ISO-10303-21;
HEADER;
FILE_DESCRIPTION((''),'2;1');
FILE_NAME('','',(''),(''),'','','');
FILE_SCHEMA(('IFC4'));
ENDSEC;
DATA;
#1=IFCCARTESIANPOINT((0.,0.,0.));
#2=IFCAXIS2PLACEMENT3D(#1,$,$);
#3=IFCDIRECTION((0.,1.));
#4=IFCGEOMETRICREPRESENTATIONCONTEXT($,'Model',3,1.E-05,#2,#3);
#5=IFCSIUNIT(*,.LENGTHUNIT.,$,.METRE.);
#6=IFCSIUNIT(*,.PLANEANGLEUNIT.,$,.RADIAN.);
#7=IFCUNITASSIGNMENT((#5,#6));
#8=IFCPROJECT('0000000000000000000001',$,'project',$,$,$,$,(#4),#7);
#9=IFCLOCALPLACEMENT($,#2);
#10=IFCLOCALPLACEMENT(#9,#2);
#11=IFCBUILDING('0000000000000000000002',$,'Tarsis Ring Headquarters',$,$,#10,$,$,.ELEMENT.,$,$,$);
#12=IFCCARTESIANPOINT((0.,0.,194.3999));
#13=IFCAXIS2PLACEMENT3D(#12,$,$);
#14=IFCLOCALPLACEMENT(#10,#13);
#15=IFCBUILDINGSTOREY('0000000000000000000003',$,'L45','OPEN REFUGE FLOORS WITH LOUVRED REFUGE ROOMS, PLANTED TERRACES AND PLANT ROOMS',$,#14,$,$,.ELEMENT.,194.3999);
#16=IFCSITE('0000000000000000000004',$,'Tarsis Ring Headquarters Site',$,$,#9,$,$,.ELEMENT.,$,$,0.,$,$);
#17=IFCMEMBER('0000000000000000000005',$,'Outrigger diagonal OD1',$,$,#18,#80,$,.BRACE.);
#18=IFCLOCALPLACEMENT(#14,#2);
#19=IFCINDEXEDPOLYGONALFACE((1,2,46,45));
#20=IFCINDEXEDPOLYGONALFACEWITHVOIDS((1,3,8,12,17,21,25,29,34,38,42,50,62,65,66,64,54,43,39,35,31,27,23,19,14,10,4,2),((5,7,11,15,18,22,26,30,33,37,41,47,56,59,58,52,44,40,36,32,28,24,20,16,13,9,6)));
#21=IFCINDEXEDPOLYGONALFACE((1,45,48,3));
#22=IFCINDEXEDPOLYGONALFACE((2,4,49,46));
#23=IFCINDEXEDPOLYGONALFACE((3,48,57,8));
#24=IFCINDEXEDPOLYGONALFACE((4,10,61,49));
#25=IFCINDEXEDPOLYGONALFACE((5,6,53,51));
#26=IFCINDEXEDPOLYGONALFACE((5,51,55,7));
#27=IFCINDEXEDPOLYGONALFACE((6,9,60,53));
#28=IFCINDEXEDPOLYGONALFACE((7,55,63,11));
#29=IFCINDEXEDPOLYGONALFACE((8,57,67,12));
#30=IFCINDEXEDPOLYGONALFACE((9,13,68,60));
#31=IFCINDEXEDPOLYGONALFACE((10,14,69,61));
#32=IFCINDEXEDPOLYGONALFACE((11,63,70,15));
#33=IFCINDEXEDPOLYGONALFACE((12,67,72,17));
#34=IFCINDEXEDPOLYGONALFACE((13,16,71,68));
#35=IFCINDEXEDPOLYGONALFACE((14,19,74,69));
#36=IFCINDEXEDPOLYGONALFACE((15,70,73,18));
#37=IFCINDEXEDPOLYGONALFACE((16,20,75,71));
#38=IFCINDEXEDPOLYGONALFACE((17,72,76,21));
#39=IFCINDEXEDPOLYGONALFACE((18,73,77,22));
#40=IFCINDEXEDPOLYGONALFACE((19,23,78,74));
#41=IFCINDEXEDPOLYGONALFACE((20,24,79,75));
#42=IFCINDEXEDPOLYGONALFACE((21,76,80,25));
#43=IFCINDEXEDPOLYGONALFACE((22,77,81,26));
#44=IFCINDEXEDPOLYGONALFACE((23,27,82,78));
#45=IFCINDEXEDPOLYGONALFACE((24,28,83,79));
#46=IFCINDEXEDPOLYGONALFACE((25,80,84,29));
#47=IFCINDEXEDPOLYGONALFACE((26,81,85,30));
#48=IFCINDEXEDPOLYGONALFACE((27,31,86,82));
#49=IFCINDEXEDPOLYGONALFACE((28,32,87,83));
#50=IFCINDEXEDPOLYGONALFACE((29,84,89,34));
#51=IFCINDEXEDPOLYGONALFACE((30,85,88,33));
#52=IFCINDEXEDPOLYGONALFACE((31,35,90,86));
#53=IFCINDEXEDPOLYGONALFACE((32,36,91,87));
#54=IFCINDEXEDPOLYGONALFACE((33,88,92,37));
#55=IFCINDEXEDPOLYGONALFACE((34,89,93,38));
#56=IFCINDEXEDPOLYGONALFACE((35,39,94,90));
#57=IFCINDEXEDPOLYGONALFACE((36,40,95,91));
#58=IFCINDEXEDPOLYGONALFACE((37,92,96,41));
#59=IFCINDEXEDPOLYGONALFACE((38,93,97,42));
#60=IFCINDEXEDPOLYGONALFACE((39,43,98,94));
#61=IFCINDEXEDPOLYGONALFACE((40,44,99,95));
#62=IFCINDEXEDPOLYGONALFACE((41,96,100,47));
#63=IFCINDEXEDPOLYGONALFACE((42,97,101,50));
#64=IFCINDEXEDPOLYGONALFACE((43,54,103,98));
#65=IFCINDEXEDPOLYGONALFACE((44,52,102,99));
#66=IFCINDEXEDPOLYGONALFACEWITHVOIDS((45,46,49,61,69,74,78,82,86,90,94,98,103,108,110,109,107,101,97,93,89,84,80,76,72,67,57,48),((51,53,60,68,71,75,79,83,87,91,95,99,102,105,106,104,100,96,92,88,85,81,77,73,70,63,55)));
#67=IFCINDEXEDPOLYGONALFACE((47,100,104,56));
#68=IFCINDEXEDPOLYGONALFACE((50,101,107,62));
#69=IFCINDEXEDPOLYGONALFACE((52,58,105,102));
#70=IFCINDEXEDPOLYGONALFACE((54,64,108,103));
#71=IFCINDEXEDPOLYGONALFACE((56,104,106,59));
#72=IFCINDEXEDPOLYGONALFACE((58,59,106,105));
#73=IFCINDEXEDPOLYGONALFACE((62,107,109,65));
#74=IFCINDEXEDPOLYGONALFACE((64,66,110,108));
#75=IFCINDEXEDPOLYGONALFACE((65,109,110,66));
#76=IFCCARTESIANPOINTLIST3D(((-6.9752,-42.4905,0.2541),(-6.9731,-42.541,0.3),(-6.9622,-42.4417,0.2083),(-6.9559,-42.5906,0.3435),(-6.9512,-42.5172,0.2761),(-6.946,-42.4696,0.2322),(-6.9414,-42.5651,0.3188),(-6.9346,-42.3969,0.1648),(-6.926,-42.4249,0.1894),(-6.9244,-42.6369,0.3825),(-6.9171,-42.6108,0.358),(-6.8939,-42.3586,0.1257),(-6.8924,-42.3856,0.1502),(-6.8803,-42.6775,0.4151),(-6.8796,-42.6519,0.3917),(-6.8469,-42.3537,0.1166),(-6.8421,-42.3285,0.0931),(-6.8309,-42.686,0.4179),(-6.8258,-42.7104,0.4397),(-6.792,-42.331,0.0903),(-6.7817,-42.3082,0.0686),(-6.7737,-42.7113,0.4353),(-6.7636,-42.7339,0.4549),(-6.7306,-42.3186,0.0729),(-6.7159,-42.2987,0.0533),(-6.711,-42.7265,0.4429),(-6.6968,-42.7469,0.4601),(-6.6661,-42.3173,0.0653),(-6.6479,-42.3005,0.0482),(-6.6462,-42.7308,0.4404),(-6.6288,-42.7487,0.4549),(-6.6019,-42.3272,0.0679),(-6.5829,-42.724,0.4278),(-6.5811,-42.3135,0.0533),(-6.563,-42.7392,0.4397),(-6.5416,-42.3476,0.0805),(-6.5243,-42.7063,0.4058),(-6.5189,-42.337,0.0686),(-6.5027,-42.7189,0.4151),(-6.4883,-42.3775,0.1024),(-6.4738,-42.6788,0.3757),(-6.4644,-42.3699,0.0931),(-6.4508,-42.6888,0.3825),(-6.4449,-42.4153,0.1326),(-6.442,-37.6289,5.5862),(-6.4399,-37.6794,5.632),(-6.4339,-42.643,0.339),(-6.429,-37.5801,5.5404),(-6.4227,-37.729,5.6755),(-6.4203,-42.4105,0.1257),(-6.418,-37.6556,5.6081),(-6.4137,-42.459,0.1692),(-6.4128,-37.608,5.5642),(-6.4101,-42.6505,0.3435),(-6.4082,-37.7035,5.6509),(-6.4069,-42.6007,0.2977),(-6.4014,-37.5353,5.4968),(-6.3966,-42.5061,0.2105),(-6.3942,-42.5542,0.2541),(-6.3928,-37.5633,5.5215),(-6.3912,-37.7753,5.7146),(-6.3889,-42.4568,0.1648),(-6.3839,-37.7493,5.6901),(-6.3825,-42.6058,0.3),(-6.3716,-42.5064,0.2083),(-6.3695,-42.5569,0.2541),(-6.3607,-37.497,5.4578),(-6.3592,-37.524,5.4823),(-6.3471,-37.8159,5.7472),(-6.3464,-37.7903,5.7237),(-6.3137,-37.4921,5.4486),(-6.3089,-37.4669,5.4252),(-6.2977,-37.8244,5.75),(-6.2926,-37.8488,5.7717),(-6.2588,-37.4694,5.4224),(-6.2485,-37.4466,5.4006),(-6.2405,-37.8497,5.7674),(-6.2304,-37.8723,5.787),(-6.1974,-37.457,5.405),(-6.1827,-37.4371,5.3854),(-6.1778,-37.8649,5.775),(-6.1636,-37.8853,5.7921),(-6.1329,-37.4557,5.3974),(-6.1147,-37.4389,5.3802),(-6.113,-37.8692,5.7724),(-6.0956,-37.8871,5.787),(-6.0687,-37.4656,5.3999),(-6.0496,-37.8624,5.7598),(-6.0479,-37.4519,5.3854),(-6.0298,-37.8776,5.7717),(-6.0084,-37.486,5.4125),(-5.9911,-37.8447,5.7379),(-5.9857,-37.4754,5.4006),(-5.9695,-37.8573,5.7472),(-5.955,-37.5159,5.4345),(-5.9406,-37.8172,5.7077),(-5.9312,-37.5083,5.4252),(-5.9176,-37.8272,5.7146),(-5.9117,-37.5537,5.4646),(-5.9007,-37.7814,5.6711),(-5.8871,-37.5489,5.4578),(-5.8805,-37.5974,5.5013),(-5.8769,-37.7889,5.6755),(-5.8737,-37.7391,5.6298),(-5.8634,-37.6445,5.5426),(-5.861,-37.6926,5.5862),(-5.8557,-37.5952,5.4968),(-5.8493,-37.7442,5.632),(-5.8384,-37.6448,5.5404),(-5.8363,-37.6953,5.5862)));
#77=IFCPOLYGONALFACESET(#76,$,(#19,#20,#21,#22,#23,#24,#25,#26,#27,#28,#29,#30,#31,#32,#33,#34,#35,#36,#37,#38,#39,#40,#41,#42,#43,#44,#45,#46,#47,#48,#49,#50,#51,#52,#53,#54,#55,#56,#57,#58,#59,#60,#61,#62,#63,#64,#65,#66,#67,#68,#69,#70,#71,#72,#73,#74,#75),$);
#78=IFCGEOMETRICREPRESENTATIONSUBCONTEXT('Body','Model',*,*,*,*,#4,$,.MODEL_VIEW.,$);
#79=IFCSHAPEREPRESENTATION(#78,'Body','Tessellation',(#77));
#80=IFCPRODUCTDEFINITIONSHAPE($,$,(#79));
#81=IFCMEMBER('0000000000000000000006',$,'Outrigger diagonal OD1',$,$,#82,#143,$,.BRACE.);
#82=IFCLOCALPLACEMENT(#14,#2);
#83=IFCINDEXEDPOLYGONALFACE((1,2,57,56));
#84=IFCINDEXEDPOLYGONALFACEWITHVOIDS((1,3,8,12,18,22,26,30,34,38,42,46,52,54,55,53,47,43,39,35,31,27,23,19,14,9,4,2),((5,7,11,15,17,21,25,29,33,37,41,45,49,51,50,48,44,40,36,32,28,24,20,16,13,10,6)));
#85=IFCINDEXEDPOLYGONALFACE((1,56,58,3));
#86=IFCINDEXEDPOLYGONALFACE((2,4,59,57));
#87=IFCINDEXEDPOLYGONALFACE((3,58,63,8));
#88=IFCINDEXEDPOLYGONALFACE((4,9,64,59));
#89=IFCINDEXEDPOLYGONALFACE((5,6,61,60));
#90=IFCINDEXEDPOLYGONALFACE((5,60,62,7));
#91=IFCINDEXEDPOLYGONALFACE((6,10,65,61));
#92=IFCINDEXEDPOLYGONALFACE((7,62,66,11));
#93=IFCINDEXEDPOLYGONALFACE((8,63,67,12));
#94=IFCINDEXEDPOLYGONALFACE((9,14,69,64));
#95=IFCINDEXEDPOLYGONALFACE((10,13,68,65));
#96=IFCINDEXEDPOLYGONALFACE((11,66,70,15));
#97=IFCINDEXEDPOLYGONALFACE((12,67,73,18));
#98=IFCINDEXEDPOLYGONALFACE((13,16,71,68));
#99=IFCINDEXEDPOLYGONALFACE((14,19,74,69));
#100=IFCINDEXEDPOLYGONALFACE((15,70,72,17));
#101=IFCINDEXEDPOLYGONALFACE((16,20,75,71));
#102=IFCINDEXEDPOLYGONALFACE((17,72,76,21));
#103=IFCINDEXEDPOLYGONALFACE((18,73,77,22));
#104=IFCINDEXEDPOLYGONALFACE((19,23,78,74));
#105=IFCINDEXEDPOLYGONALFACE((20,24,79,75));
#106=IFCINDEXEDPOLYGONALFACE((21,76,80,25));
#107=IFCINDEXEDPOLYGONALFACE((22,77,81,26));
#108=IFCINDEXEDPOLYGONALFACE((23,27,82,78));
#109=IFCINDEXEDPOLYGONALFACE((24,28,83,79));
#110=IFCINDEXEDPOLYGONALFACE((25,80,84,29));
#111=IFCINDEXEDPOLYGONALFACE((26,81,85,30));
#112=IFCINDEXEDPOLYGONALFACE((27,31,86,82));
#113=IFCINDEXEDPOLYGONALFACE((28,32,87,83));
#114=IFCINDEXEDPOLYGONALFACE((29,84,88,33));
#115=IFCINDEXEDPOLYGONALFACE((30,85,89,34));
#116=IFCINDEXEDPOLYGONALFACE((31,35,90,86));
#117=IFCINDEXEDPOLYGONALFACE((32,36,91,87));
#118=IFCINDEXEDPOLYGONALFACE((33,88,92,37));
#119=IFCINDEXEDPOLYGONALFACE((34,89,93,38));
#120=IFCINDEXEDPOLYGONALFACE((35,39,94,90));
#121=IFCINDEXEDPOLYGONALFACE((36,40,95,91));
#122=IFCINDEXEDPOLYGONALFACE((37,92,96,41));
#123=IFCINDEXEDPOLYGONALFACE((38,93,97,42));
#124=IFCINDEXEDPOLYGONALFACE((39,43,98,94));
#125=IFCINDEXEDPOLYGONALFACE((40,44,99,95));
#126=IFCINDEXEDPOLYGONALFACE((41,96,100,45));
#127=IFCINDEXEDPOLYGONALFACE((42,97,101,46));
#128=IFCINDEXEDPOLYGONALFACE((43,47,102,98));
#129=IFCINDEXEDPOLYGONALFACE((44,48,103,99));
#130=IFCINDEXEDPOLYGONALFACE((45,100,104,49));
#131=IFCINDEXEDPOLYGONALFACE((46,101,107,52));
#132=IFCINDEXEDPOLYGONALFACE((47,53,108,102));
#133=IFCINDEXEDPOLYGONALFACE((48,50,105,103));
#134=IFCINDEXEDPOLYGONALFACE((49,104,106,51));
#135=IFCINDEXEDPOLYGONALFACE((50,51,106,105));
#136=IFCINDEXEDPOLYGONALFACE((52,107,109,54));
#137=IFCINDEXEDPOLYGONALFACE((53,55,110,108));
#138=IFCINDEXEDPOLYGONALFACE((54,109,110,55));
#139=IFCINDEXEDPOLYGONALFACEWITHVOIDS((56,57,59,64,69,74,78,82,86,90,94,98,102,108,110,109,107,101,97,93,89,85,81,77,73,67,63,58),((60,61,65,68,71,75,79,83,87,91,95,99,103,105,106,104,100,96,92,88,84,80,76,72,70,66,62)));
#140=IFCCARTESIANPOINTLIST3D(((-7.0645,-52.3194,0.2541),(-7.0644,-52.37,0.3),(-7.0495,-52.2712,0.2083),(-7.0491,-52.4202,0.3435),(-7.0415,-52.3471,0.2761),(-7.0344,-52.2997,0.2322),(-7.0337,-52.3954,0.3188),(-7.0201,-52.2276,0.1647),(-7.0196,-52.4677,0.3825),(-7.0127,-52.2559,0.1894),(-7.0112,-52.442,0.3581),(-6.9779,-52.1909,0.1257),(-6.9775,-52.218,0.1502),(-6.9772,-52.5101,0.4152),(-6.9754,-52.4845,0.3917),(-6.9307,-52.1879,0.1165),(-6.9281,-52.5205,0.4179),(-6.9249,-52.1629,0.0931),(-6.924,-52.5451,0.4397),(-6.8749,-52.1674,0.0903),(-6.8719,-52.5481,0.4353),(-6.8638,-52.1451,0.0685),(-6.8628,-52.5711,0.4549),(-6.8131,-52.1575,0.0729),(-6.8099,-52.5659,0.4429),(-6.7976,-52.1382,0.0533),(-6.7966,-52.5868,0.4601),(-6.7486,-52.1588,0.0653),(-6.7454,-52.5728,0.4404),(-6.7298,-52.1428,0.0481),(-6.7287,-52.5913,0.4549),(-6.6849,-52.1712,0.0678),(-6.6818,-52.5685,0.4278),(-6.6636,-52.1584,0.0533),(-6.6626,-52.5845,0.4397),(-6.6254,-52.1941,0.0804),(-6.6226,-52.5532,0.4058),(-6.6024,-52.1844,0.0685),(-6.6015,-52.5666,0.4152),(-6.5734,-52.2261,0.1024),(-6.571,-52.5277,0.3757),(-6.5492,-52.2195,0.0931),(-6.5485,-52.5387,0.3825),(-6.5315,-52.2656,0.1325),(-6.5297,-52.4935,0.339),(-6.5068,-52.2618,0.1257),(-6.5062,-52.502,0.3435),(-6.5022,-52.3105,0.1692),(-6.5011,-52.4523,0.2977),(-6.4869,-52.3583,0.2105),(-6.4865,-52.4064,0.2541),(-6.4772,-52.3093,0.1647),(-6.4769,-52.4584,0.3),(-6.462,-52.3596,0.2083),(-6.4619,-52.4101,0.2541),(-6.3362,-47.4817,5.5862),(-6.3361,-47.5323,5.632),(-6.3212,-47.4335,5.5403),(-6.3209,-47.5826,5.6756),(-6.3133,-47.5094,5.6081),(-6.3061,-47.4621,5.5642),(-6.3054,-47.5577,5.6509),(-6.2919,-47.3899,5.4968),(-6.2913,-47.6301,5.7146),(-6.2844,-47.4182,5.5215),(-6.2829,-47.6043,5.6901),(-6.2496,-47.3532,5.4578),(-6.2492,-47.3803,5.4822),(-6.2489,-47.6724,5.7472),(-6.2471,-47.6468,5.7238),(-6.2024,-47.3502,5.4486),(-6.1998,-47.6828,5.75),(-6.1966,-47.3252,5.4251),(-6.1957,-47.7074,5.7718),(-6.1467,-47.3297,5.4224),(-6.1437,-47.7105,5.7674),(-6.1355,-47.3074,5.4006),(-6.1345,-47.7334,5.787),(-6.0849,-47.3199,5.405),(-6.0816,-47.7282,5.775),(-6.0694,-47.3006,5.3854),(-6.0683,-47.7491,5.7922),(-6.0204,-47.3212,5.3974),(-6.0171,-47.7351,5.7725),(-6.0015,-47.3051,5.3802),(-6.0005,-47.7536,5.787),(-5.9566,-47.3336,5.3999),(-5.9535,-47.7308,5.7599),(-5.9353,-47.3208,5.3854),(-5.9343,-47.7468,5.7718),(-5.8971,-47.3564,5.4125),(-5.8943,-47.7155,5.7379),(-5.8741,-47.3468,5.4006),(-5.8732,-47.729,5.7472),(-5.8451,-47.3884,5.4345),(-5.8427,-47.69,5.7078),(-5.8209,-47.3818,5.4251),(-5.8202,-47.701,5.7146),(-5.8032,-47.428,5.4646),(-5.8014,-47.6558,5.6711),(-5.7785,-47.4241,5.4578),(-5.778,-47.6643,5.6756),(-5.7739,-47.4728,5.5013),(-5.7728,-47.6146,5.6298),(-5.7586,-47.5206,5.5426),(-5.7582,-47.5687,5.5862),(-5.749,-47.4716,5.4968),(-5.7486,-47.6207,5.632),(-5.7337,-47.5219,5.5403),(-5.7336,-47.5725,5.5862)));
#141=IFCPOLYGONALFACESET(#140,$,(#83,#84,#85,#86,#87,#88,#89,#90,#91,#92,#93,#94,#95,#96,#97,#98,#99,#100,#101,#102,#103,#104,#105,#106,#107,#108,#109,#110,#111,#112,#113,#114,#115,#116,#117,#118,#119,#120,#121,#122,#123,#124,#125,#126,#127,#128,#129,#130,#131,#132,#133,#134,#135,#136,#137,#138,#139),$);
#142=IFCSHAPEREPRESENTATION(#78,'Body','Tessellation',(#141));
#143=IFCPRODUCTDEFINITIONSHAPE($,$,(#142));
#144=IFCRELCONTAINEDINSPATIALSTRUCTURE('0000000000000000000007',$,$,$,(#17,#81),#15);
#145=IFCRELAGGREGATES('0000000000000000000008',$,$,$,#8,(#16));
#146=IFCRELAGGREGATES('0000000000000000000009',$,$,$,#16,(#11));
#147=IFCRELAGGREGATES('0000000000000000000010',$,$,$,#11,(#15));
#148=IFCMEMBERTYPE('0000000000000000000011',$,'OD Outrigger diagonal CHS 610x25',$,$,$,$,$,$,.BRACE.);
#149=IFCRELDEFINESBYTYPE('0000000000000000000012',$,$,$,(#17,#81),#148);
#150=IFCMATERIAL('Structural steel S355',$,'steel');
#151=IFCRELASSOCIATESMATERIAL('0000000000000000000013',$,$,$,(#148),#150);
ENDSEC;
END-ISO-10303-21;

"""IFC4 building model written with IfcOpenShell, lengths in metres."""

from ifc_helpers import new_model, si_unit, direction, frame, origin, origin_2d, place, context, subcontext, project, spatial, hollow_circle, extrude, material, material_profile, profile_set, type_object, element, save


model = new_model("IFC4")

# Units and contexts
model_context = context("Model", 3, precision=1e-05, world=origin(), true_north=direction((0.0, 1.0)))
body_context = subcontext(model_context, "Body", "Model", "MODEL_VIEW")
ifc_project = project(units=[si_unit("LENGTHUNIT", "METRE"), si_unit("PLANEANGLEUNIT", "RADIAN")], contexts=[model_context])

# Site, building, storey
site_placement = place(None, origin())
site = spatial("IfcSite", under=ifc_project, at=site_placement, Name="Tarsis Ring Headquarters Site", CompositionType="ELEMENT", RefElevation=0.0)
building_placement = place(site_placement, origin())
building = spatial("IfcBuilding", under=site, at=building_placement, Name="Tarsis Ring Headquarters", CompositionType="ELEMENT")
storey_placement = place(building_placement, frame((0.0, 0.0, 194.3999)))
storey = spatial("IfcBuildingStorey", under=building, at=storey_placement, Name="L45", Description="OPEN REFUGE FLOORS WITH LOUVRED REFUGE ROOMS, PLANTED TERRACES AND PLANT ROOMS", CompositionType="ELEMENT", Elevation=194.3999)

# Shared definitions
ifc_material_1 = material(Name="Structural steel S355", Category="steel")

# Members
ifc_material_profile_1 = material_profile(ifc_material_1, hollow_circle(Radius=0.3047, WallThickness=0.0249, at=origin_2d()), Name="CHS 610x25")
ifc_profile_set_1 = profile_set([ifc_material_profile_1], Name="Structural steel S355")
member_type_1 = type_object("IfcMemberType", Name="OD Outrigger diagonal CHS 610x25", PredefinedType="BRACE", material=ifc_profile_set_1)
member_1_placement = place(storey_placement, frame((-6.1392, -37.6621, 5.5862), z_axis=(-0.073695, -0.671923, -0.736946), x_axis=(0.994039, -0.109023, 0.0)))
element("IfcMember", 1, at=member_1_placement, inside=storey, type_object=member_type_1, Name="Outrigger diagonal OD1", PredefinedType="BRACE", context=body_context, shape_type="SweptSolid", body=[
    extrude(hollow_circle(Radius=0.3047, WallThickness=0.0249, at=origin_2d()), origin(), (0.0, 0.0, 1.0), 7.2354),
])
member_2_placement = place(storey_placement, frame((-6.0349, -47.5271, 5.5862), z_axis=(-0.100642, -0.668527, -0.736847), x_axis=(0.988858, -0.148865, 0.0)))
element("IfcMember", 2, at=member_2_placement, inside=storey, type_object=member_type_1, Name="Outrigger diagonal OD1", PredefinedType="BRACE", context=body_context, shape_type="SweptSolid", body=[
    extrude(hollow_circle(Radius=0.3047, WallThickness=0.0249, at=origin_2d()), origin(), (0.0, 0.0, 1.0), 7.2363),
])

save(model, "model.ifc")
